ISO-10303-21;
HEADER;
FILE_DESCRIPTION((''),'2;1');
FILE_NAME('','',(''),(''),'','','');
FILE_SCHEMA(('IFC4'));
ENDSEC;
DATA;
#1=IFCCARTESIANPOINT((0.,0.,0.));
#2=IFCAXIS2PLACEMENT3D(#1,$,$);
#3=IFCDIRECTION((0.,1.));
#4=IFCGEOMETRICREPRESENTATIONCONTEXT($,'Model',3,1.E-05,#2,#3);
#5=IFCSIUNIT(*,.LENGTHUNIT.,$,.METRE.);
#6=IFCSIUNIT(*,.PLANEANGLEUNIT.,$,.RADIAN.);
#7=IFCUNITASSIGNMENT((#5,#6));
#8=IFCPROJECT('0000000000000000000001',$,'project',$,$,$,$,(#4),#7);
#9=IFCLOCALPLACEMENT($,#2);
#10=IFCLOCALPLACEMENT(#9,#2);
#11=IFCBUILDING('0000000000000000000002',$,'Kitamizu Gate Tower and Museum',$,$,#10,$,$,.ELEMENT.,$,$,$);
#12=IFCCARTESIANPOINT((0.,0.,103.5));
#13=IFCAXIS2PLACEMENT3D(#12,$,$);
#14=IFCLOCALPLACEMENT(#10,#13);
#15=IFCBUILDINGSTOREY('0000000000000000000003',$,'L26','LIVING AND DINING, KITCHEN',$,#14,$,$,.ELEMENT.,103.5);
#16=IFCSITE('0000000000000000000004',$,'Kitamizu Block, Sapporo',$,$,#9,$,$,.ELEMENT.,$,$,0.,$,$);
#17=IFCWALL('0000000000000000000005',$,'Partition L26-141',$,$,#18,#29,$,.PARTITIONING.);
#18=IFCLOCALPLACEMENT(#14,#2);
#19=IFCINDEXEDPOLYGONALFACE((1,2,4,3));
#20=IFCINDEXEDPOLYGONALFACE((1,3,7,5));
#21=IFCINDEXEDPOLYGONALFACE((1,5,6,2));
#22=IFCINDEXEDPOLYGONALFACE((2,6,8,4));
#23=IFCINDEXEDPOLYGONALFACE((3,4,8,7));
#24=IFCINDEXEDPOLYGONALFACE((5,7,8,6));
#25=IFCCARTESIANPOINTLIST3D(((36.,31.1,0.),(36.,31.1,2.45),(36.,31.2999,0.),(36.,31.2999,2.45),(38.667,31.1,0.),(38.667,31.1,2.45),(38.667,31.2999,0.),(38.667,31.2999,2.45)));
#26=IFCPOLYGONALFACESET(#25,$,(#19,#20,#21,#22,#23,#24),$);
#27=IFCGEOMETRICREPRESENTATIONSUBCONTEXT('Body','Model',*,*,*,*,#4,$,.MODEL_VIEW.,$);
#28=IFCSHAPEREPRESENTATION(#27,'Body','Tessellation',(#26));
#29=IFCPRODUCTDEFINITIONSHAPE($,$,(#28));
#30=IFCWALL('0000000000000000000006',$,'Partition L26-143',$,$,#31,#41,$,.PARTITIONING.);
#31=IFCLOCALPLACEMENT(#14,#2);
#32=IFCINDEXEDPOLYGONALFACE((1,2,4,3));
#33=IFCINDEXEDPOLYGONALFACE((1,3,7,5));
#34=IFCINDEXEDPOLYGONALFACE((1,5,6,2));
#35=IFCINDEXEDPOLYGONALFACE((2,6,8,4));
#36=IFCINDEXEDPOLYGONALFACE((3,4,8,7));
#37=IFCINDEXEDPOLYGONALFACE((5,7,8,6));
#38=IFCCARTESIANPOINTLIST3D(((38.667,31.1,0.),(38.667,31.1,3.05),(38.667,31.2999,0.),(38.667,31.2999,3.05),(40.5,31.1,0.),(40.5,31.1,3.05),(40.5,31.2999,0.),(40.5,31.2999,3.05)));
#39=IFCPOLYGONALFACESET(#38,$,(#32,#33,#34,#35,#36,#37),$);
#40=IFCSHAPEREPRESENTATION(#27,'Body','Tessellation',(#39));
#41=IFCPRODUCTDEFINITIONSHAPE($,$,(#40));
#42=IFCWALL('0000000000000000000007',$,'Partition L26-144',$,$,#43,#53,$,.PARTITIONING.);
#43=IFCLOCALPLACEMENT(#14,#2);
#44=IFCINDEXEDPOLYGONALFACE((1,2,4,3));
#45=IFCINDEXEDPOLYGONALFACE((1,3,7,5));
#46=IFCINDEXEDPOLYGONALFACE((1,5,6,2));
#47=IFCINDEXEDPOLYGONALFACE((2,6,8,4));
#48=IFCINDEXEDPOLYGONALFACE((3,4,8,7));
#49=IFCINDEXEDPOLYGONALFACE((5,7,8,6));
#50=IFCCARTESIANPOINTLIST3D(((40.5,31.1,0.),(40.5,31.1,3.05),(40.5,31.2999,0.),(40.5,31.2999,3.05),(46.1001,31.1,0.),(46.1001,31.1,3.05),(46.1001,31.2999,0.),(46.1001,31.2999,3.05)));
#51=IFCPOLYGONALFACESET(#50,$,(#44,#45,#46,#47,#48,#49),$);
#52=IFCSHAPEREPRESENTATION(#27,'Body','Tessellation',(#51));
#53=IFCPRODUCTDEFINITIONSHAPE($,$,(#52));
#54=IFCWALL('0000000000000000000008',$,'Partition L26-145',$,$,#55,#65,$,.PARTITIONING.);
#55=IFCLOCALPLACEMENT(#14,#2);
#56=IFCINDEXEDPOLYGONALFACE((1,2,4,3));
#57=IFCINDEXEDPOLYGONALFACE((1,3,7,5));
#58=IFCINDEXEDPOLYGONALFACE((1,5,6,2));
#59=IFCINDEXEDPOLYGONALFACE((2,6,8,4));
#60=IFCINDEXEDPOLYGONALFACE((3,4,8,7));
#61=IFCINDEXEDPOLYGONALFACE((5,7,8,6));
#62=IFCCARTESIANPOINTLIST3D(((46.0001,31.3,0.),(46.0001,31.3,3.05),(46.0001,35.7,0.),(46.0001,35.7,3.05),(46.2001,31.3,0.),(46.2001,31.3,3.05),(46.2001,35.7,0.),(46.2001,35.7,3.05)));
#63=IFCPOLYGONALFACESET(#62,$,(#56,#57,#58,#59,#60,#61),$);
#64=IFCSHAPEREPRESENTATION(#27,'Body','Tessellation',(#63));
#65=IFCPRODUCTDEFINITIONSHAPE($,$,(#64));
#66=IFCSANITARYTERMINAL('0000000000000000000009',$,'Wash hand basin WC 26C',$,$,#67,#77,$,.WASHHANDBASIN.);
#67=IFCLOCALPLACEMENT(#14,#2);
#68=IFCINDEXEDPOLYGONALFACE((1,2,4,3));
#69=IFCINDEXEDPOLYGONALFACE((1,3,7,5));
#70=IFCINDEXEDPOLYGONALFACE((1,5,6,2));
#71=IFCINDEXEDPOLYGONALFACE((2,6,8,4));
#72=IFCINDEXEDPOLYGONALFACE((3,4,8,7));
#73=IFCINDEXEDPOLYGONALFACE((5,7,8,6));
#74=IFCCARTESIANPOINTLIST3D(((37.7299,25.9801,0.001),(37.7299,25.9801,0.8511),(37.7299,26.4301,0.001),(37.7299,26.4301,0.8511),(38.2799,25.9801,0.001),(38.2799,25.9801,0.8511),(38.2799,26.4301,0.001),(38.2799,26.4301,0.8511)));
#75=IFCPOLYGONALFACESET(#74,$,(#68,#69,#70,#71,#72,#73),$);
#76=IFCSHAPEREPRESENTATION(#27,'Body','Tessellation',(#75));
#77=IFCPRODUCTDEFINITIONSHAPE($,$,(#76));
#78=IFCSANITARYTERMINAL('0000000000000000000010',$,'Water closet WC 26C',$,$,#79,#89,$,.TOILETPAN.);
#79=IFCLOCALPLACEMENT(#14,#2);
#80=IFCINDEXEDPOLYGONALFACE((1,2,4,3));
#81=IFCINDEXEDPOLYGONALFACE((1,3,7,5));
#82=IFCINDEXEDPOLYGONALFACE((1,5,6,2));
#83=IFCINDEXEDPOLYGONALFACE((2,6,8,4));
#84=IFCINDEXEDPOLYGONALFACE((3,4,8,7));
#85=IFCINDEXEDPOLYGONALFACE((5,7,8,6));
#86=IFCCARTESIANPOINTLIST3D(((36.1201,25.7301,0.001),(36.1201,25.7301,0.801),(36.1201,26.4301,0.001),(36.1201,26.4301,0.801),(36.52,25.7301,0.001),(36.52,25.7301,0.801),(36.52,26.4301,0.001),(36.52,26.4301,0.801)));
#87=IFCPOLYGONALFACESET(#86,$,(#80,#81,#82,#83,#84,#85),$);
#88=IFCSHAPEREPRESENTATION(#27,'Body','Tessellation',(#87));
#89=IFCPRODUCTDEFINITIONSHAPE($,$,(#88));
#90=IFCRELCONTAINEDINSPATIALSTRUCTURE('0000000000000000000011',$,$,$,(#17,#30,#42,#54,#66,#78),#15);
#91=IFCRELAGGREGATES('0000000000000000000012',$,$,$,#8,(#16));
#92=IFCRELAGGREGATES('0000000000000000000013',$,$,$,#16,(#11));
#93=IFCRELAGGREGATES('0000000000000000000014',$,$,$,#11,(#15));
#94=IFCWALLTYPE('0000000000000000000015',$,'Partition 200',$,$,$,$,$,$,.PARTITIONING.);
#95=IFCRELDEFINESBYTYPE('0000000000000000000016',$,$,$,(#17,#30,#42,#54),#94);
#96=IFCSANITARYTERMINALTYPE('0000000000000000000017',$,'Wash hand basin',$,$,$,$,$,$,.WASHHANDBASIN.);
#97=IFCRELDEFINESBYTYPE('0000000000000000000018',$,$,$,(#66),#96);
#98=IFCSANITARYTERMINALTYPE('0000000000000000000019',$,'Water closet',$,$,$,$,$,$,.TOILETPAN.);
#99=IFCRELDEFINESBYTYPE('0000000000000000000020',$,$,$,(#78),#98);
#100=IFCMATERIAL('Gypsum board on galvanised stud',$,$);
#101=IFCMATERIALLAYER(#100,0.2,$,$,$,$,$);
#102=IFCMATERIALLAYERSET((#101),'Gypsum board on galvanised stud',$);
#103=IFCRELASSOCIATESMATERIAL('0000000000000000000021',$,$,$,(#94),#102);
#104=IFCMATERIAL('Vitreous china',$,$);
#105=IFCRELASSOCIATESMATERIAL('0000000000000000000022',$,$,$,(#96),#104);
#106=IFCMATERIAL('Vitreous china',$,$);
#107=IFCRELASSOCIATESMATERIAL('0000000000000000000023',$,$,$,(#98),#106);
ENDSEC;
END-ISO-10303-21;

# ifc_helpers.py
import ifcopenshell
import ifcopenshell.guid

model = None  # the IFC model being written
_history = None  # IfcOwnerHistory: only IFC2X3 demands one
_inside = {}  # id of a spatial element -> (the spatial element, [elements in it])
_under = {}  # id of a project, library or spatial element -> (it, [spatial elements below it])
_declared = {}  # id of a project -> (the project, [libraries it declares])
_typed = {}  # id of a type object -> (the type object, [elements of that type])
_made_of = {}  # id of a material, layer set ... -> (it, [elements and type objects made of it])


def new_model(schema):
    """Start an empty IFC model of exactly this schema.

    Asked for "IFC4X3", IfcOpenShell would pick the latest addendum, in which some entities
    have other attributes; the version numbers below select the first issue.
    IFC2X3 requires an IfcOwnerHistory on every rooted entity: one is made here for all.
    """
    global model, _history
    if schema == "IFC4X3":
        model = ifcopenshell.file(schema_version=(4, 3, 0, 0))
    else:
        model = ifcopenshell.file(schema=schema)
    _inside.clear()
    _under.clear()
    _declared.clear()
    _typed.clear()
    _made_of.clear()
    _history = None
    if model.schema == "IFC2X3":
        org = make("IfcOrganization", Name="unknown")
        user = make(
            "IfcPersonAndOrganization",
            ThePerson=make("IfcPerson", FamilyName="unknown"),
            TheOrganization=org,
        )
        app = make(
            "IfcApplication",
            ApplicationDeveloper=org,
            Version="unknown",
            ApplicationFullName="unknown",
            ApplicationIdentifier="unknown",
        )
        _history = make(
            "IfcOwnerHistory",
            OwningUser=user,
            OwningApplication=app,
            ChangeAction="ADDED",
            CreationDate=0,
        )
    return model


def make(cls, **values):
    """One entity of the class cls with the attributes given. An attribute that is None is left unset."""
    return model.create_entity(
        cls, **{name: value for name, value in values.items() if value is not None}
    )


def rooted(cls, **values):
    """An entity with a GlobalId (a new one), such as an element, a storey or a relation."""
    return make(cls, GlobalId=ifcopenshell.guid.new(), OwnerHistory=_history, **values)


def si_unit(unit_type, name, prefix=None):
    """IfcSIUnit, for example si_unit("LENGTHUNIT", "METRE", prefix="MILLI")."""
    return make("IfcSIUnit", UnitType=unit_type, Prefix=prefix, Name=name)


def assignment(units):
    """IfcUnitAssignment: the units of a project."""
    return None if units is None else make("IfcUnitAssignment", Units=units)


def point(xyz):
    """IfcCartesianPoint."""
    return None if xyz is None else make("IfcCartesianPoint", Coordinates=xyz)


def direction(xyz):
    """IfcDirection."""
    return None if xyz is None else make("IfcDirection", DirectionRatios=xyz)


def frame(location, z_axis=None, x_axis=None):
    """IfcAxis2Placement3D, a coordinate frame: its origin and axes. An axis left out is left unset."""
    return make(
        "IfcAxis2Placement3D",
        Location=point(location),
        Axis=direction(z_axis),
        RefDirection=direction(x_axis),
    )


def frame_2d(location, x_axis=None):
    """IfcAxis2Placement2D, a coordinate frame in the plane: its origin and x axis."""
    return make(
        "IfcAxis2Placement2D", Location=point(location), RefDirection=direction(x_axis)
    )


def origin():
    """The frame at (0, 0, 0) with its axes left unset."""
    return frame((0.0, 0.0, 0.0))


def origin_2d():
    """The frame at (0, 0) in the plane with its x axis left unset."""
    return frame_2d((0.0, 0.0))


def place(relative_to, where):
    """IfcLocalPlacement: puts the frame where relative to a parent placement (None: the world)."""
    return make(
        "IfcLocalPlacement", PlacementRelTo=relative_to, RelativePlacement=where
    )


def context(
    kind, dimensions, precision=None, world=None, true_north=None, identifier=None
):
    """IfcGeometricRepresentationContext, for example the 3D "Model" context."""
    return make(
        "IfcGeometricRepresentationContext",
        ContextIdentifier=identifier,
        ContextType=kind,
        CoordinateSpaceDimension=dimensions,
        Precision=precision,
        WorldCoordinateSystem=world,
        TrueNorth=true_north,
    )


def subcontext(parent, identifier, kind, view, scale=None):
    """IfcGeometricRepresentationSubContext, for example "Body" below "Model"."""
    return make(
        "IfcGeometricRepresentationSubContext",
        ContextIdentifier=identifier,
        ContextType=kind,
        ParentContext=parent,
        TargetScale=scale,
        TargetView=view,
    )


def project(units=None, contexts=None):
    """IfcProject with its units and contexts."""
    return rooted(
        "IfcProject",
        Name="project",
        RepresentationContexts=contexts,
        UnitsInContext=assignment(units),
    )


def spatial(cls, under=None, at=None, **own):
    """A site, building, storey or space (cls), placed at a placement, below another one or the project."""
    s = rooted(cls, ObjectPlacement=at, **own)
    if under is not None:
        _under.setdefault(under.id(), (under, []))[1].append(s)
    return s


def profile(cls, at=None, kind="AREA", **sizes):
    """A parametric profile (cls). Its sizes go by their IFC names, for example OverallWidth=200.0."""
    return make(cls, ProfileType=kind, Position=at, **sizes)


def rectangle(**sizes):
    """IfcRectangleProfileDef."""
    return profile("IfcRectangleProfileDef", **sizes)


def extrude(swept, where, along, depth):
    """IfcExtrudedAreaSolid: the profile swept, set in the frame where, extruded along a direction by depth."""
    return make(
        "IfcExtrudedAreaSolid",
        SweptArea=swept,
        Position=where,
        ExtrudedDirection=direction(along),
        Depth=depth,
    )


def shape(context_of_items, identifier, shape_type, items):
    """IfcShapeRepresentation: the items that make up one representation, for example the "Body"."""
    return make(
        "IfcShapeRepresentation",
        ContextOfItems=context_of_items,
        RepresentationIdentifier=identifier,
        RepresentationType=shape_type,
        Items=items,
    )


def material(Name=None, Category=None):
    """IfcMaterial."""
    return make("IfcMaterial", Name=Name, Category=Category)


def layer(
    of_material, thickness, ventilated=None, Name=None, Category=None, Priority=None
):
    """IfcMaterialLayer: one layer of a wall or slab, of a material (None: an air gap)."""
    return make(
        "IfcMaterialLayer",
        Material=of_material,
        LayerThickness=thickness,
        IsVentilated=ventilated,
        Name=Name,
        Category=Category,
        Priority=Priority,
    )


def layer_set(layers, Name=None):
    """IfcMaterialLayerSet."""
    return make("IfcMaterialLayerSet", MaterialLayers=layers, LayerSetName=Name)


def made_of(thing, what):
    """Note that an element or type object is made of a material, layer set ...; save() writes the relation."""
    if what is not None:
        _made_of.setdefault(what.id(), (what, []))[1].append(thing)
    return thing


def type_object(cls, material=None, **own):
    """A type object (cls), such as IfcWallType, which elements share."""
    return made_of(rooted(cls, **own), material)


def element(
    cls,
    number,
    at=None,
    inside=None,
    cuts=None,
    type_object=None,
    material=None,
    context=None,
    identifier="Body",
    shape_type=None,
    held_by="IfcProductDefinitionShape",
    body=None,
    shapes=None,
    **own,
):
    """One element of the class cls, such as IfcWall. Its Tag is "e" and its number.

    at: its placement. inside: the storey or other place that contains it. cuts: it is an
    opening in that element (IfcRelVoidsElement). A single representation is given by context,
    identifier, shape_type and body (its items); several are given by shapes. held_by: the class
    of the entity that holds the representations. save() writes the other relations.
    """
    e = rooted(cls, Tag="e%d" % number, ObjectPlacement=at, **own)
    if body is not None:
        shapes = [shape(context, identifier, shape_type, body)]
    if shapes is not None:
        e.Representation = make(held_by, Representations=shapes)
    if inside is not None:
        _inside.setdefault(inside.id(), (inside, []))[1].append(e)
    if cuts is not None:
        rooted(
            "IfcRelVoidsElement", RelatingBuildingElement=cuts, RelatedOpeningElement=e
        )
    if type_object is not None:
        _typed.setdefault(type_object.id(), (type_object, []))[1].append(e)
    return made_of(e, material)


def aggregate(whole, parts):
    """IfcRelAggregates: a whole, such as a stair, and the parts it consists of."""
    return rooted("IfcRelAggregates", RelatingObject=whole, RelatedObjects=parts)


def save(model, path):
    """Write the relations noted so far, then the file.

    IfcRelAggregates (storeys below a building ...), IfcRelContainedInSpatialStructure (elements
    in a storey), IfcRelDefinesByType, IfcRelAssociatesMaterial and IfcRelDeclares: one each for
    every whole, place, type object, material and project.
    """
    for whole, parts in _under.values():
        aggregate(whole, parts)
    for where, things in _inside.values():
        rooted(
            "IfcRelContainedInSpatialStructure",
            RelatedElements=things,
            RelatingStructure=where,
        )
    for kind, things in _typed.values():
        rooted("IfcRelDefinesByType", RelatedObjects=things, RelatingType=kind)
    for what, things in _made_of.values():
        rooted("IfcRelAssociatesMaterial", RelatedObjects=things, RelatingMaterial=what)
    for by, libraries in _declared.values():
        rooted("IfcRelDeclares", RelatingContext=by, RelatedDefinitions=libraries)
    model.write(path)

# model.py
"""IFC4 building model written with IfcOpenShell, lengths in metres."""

from ifc_helpers import new_model, si_unit, direction, frame, frame_2d, origin, origin_2d, place, context, subcontext, project, spatial, rectangle, extrude, material, layer, layer_set, type_object, element, save


model = new_model("IFC4")

# Units and contexts
model_context = context("Model", 3, precision=1e-05, world=origin(), true_north=direction((0.0, 1.0)))
body_context = subcontext(model_context, "Body", "Model", "MODEL_VIEW")
ifc_project = project(units=[si_unit("LENGTHUNIT", "METRE"), si_unit("PLANEANGLEUNIT", "RADIAN")], contexts=[model_context])

# Site, building, storey
site_placement = place(None, origin())
site = spatial("IfcSite", under=ifc_project, at=site_placement, Name="Kitamizu Block, Sapporo", CompositionType="ELEMENT", RefElevation=0.0)
building_placement = place(site_placement, origin())
building = spatial("IfcBuilding", under=site, at=building_placement, Name="Kitamizu Gate Tower and Museum", CompositionType="ELEMENT")
storey_placement = place(building_placement, frame((0.0, 0.0, 103.5)))
storey = spatial("IfcBuildingStorey", under=building, at=storey_placement, Name="L26", Description="LIVING AND DINING, KITCHEN", CompositionType="ELEMENT", Elevation=103.5)

# Shared definitions
ifc_material_1 = material(Name="Gypsum board on galvanised stud")
ifc_layer_1 = layer(ifc_material_1, 0.2)
ifc_layer_set_1 = layer_set([ifc_layer_1], Name="Gypsum board on galvanised stud")
wall_type_1 = type_object("IfcWallType", Name="Partition 200", PredefinedType="PARTITIONING", material=ifc_layer_set_1)

# Walls
wall_1_placement = place(storey_placement, frame((36.0, 31.2, 0.0), z_axis=(0.0, 0.0, 1.0), x_axis=(1.0, 0.0, 0.0)))
element("IfcWall", 1, at=wall_1_placement, inside=storey, type_object=wall_type_1, Name="Partition L26-141", PredefinedType="PARTITIONING", context=body_context, shape_type="SweptSolid", body=[
    extrude(rectangle(XDim=2.667, YDim=0.2, at=frame_2d((1.3335, 0.0))), origin(), (0.0, 0.0, 1.0), 2.45),
])
wall_2_placement = place(storey_placement, frame((38.667, 31.2, 0.0), z_axis=(0.0, 0.0, 1.0), x_axis=(1.0, 0.0, 0.0)))
element("IfcWall", 2, at=wall_2_placement, inside=storey, type_object=wall_type_1, Name="Partition L26-143", PredefinedType="PARTITIONING", context=body_context, shape_type="SweptSolid", body=[
    extrude(rectangle(XDim=1.833, YDim=0.2, at=frame_2d((0.9165, 0.0))), origin(), (0.0, 0.0, 1.0), 3.05),
])
wall_3_placement = place(storey_placement, frame((40.5, 31.2, 0.0), z_axis=(0.0, 0.0, 1.0), x_axis=(1.0, 0.0, 0.0)))
element("IfcWall", 3, at=wall_3_placement, inside=storey, type_object=wall_type_1, Name="Partition L26-144", PredefinedType="PARTITIONING", context=body_context, shape_type="SweptSolid", body=[
    extrude(rectangle(XDim=5.6001, YDim=0.2, at=frame_2d((2.8, 0.0))), origin(), (0.0, 0.0, 1.0), 3.05),
])
wall_4_placement = place(storey_placement, frame((46.1001, 31.3, 0.0), z_axis=(0.0, 0.0, 1.0), x_axis=(0.0, 1.0, 0.0)))
element("IfcWall", 4, at=wall_4_placement, inside=storey, type_object=wall_type_1, Name="Partition L26-145", PredefinedType="PARTITIONING", context=body_context, shape_type="SweptSolid", body=[
    extrude(rectangle(XDim=4.3999, YDim=0.2, at=frame_2d((2.2, 0.0))), origin(), (0.0, 0.0, 1.0), 3.05),
])

# Sanitary terminals
ifc_material_2 = material(Name="Vitreous china")
sanitary_terminal_type_1 = type_object("IfcSanitaryTerminalType", Name="Wash hand basin", PredefinedType="WASHHANDBASIN", material=ifc_material_2)
sanitary_terminal_1_placement = place(storey_placement, frame((38.0049, 26.2051, 0.001), z_axis=(0.0, 0.0, 1.0), x_axis=(1.0, 0.0, 0.0)))
element("IfcSanitaryTerminal", 5, at=sanitary_terminal_1_placement, inside=storey, type_object=sanitary_terminal_type_1, Name="Wash hand basin WC 26C", PredefinedType="WASHHANDBASIN", context=body_context, shape_type="SweptSolid", body=[
    extrude(rectangle(XDim=0.55, YDim=0.45, at=origin_2d()), origin(), (0.0, 0.0, 1.0), 0.8501),
])
ifc_material_3 = material(Name="Vitreous china")
sanitary_terminal_type_2 = type_object("IfcSanitaryTerminalType", Name="Water closet", PredefinedType="TOILETPAN", material=ifc_material_3)
sanitary_terminal_2_placement = place(storey_placement, frame((36.3201, 26.0801, 0.001), z_axis=(0.0, 0.0, 1.0), x_axis=(1.0, 0.0, 0.0)))
element("IfcSanitaryTerminal", 6, at=sanitary_terminal_2_placement, inside=storey, type_object=sanitary_terminal_type_2, Name="Water closet WC 26C", PredefinedType="TOILETPAN", context=body_context, shape_type="SweptSolid", body=[
    extrude(rectangle(XDim=0.3999, YDim=0.7, at=origin_2d()), origin(), (0.0, 0.0, 1.0), 0.8),
])

save(model, "model.ifc")
